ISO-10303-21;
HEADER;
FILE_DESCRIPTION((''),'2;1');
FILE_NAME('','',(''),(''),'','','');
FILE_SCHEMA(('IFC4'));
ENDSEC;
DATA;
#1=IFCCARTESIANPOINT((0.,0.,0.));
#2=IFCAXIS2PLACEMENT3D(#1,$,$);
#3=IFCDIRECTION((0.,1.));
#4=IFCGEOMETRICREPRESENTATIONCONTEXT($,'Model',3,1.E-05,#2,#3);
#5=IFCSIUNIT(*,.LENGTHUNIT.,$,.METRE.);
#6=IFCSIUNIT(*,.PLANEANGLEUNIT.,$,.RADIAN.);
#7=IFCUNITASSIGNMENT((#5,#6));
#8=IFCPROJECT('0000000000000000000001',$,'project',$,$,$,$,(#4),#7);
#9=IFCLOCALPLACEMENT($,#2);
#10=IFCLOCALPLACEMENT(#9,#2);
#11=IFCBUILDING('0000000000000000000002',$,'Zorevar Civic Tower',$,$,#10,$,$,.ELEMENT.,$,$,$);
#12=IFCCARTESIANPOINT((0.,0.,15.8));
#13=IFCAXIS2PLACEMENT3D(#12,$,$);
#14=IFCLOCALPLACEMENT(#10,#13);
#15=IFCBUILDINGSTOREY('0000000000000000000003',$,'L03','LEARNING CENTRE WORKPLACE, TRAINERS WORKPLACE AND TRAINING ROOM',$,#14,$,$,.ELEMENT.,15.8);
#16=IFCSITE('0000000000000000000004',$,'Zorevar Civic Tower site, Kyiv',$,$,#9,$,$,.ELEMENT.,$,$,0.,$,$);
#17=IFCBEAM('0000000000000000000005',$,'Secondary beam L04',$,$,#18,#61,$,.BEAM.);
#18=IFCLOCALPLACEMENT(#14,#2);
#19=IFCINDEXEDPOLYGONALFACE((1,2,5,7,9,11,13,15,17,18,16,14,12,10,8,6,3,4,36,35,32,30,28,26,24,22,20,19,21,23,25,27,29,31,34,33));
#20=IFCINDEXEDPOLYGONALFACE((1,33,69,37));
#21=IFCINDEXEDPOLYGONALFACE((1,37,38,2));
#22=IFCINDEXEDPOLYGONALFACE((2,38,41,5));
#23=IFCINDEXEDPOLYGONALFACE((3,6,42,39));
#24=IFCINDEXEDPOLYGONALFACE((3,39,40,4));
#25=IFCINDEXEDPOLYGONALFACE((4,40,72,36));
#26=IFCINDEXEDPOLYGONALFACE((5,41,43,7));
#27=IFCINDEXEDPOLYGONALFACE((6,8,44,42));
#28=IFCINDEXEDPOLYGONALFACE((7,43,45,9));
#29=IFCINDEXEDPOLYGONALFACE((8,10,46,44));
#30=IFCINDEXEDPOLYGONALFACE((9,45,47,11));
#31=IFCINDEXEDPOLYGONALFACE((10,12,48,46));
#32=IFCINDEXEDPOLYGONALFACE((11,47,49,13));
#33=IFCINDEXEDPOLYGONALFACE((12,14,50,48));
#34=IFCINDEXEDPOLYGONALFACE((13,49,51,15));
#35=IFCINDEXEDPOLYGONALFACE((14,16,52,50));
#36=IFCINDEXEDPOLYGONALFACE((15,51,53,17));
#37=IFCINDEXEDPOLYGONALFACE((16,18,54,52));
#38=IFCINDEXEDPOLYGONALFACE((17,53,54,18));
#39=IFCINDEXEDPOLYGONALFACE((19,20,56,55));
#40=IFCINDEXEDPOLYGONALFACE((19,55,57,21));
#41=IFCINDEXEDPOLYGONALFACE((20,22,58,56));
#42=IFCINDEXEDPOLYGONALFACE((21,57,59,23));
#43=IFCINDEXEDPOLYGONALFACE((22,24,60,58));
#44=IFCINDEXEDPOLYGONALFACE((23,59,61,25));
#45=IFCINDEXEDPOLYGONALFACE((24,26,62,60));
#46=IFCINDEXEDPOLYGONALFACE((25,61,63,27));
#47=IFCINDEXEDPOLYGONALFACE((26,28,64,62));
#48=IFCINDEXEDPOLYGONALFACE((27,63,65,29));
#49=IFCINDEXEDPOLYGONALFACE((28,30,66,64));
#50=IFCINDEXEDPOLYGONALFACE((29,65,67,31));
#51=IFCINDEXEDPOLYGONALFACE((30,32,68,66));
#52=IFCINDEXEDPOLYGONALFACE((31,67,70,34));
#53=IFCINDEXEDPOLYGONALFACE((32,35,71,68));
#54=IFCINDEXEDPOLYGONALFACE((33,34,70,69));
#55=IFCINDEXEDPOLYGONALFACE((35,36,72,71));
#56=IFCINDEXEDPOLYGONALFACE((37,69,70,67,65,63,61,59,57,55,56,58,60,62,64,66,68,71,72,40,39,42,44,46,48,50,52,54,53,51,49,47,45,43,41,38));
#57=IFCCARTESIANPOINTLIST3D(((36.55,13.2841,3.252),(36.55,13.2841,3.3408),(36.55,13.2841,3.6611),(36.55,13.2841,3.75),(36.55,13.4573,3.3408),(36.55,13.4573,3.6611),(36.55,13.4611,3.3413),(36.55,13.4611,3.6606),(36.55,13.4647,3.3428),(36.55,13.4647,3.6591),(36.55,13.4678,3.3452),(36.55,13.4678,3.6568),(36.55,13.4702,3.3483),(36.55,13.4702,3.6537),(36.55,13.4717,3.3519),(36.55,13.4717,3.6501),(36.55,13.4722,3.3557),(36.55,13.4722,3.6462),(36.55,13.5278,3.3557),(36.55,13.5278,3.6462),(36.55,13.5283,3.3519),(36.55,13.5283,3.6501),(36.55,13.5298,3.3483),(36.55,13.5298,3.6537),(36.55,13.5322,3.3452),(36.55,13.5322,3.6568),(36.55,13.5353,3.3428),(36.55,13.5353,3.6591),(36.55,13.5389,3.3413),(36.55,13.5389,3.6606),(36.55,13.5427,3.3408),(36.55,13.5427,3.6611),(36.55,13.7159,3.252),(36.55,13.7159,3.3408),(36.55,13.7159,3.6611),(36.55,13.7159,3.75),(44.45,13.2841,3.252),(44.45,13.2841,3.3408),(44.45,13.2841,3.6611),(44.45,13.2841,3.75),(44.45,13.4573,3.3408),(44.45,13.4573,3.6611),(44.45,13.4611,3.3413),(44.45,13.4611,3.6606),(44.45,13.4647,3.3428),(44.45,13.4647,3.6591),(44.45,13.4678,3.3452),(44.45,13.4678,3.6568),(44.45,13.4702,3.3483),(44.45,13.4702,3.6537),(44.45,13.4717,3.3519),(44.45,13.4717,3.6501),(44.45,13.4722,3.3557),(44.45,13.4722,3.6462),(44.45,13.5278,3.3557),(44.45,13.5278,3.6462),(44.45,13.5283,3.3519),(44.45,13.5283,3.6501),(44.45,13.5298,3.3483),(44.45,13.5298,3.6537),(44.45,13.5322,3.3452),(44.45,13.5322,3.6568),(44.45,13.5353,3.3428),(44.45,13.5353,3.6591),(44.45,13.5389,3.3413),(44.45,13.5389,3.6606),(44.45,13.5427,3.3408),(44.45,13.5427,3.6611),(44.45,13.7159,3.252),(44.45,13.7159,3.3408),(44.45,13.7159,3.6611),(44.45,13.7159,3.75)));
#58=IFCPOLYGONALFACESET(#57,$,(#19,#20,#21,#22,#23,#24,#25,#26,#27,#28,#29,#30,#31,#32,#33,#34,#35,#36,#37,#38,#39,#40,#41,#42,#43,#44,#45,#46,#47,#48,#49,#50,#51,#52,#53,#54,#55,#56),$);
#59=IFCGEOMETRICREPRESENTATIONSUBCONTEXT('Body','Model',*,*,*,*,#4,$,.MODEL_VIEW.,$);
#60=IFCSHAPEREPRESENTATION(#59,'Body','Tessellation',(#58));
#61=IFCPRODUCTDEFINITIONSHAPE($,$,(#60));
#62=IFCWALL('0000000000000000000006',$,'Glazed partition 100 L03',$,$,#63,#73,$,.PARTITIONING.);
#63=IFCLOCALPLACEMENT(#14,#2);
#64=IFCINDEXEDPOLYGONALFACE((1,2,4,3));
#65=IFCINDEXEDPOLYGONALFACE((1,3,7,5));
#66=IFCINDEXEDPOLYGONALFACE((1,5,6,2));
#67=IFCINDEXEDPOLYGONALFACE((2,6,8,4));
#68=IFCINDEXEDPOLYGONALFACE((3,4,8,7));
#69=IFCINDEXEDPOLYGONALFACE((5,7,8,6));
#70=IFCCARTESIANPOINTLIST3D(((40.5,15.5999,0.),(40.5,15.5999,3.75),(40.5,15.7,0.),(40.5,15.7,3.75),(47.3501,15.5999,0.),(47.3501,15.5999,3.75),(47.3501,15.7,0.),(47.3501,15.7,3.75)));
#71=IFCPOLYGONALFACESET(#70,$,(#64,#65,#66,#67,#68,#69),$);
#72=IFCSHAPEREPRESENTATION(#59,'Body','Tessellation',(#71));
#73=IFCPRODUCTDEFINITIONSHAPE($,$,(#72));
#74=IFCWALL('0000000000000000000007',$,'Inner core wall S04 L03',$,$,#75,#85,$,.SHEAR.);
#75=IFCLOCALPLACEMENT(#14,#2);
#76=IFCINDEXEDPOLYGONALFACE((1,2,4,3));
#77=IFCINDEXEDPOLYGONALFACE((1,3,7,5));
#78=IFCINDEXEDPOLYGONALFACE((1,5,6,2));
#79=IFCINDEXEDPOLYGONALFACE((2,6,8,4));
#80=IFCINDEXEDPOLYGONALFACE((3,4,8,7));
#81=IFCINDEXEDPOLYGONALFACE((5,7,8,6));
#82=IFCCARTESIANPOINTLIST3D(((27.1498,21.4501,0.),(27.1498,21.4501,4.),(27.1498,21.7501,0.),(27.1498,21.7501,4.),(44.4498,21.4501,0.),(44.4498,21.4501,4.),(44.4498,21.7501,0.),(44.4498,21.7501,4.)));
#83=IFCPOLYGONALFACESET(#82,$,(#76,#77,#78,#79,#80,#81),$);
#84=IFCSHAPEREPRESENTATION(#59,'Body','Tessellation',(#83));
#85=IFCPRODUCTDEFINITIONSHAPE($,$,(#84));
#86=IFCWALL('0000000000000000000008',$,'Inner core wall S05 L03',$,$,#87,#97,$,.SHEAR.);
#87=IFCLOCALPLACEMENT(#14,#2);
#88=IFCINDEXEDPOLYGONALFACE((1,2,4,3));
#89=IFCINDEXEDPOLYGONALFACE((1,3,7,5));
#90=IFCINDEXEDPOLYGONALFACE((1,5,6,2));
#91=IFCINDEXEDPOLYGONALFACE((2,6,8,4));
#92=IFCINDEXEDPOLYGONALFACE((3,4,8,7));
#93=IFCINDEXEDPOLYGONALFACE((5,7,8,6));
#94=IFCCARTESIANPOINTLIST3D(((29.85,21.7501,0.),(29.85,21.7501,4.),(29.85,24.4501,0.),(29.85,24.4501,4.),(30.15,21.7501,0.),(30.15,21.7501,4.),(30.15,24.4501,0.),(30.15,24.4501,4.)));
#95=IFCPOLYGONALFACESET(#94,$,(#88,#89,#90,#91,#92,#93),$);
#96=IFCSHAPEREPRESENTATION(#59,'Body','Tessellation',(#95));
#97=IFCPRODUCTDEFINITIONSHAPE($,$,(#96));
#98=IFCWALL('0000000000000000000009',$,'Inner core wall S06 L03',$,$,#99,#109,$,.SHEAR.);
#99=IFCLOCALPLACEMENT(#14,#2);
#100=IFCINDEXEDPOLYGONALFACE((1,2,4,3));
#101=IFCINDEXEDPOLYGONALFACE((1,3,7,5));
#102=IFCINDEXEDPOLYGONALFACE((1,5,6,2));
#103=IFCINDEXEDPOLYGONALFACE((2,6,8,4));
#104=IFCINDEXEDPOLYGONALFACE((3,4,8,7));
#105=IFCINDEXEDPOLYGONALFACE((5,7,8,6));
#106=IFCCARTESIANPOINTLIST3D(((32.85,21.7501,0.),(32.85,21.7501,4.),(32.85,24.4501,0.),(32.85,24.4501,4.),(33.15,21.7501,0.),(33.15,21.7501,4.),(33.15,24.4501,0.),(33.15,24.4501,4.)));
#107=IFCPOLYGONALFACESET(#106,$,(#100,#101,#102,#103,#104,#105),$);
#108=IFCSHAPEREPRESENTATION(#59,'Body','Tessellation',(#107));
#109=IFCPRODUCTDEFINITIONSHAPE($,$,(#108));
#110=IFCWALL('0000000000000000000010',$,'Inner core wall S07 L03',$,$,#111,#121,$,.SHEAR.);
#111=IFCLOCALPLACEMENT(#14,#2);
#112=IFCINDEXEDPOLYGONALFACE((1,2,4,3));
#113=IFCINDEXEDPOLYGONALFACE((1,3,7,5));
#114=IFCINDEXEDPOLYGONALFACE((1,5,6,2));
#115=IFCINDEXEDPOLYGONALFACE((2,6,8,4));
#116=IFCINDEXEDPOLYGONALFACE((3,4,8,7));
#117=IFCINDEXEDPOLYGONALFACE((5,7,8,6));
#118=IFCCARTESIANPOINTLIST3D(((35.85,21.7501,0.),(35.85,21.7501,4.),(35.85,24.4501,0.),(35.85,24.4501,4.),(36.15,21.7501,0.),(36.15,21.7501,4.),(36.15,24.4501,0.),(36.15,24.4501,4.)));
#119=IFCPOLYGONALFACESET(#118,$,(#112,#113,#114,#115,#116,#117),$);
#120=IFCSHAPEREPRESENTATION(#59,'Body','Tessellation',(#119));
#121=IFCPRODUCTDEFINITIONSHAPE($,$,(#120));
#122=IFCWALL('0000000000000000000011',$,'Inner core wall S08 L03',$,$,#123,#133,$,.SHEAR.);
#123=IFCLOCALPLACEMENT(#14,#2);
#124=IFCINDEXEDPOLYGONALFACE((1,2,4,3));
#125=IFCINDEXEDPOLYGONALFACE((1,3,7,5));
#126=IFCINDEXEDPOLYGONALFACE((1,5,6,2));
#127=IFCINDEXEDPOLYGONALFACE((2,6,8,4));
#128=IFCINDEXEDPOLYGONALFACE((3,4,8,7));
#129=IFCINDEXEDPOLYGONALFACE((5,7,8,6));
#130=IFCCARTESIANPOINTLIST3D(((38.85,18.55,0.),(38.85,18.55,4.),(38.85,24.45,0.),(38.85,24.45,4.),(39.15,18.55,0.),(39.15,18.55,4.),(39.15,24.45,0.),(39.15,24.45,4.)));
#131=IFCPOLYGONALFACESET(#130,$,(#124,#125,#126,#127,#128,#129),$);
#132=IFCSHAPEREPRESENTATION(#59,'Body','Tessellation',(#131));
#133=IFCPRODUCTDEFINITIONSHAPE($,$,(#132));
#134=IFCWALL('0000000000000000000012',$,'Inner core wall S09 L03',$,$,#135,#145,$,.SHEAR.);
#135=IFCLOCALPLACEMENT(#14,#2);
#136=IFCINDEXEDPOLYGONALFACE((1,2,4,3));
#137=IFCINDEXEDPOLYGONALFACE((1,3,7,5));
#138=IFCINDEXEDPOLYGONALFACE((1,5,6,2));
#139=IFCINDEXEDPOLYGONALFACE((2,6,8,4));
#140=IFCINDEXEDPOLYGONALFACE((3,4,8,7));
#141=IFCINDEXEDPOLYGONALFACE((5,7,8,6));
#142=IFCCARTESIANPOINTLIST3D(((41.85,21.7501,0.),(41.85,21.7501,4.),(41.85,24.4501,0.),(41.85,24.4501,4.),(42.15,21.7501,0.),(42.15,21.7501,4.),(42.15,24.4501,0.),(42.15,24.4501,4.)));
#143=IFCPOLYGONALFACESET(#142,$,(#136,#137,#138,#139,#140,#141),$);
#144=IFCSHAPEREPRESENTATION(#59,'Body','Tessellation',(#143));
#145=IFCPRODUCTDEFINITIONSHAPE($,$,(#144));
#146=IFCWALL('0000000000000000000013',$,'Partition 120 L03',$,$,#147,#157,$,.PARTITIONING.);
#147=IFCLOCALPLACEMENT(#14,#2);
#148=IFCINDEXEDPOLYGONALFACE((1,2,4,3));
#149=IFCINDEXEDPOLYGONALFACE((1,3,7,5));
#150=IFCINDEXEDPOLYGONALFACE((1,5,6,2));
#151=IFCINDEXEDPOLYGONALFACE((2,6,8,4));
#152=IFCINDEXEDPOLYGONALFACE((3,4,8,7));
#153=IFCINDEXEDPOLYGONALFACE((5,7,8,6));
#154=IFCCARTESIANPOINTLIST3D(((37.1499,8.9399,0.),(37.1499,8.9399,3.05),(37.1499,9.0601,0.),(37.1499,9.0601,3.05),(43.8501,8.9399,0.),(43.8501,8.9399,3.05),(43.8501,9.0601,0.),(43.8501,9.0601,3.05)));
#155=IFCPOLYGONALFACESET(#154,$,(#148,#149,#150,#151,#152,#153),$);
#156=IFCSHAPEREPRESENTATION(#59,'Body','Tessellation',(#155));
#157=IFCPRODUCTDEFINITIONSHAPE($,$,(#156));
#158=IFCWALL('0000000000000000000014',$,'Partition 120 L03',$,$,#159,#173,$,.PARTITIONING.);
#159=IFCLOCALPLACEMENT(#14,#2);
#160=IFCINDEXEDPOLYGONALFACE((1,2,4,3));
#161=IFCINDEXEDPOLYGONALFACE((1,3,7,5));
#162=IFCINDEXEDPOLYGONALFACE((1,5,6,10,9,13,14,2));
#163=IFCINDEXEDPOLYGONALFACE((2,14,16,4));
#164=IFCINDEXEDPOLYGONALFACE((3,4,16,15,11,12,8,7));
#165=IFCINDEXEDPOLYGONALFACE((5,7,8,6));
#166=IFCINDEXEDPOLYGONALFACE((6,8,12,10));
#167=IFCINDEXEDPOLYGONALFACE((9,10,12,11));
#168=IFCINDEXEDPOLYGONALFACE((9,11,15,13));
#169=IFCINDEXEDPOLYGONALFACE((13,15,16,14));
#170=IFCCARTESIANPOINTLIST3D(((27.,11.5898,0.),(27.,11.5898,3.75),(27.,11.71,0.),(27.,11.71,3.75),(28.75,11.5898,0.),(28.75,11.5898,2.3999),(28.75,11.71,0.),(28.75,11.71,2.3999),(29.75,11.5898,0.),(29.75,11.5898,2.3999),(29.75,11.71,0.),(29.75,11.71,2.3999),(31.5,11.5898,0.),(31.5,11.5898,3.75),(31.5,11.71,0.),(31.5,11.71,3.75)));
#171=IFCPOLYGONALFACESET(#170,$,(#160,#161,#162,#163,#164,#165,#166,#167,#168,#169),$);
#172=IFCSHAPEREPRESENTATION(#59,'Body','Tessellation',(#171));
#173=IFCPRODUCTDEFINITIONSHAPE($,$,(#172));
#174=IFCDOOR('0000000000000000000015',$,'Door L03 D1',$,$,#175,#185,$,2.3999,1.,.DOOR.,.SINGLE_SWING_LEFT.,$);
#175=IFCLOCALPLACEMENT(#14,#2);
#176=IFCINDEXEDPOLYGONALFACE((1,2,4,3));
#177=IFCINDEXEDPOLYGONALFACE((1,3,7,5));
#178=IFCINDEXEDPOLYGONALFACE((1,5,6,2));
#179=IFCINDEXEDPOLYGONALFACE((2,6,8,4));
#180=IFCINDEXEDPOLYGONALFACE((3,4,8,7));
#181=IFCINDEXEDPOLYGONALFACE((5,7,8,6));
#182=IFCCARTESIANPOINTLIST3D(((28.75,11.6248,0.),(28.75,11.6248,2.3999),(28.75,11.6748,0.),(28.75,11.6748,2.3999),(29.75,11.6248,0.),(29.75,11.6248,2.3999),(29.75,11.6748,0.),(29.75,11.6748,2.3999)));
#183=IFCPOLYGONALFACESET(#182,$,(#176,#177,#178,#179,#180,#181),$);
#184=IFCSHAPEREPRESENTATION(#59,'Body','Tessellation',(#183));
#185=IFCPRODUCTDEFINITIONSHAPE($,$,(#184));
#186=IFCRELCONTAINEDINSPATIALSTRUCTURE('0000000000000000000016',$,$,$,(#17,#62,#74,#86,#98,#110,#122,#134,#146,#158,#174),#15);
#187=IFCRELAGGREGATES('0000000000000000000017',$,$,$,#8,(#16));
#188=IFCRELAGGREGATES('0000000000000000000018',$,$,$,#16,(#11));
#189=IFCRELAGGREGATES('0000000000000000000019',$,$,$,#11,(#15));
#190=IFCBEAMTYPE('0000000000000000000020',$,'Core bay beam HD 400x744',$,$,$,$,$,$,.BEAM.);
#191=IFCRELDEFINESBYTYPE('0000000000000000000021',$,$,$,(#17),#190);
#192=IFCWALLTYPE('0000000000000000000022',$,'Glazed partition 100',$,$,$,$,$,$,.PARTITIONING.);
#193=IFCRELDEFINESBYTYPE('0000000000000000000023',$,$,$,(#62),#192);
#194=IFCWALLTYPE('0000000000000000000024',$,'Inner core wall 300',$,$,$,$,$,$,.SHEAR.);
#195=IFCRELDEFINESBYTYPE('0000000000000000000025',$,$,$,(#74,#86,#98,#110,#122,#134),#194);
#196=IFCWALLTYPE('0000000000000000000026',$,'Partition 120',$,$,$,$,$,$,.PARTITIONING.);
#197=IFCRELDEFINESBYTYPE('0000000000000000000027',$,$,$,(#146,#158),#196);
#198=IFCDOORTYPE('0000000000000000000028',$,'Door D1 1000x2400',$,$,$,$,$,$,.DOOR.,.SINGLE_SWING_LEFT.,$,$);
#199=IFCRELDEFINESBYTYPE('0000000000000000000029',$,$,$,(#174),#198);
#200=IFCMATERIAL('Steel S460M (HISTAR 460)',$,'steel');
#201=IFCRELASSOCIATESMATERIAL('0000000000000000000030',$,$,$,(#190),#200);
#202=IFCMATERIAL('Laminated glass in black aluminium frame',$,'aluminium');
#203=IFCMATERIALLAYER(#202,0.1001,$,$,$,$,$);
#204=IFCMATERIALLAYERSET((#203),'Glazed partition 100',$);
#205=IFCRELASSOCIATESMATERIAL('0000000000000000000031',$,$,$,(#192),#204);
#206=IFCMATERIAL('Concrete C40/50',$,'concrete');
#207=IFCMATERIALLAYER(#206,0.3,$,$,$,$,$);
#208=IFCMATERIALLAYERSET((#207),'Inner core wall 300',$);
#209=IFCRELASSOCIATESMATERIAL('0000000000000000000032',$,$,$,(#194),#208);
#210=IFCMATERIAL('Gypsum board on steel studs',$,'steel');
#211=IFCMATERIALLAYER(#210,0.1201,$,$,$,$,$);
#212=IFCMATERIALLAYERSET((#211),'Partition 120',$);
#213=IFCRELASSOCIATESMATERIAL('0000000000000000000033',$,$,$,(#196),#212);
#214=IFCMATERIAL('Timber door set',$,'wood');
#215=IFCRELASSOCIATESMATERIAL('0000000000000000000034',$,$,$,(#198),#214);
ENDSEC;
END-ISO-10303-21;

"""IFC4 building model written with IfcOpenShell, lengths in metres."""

from ifc_helpers import new_model, si_unit, direction, frame, frame_2d, origin, origin_2d, place, context, subcontext, project, spatial, rectangle, i_section, extrude, material, layer, layer_set, material_profile, profile_set, type_object, element, fill, save


model = new_model("IFC4")

# Units and contexts
model_context = context("Model", 3, precision=1e-05, world=origin(), true_north=direction((0.0, 1.0)))
body_context = subcontext(model_context, "Body", "Model", "MODEL_VIEW")
ifc_project = project(units=[si_unit("LENGTHUNIT", "METRE"), si_unit("PLANEANGLEUNIT", "RADIAN")], contexts=[model_context])

# Site, building, storey
site_placement = place(None, origin())
site = spatial("IfcSite", under=ifc_project, at=site_placement, Name="Zorevar Civic Tower site, Kyiv", CompositionType="ELEMENT", RefElevation=0.0)
building_placement = place(site_placement, origin())
building = spatial("IfcBuilding", under=site, at=building_placement, Name="Zorevar Civic Tower", CompositionType="ELEMENT")
storey_placement = place(building_placement, frame((0.0, 0.0, 15.8)))
storey = spatial("IfcBuildingStorey", under=building, at=storey_placement, Name="L03", Description="LEARNING CENTRE WORKPLACE, TRAINERS WORKPLACE AND TRAINING ROOM", CompositionType="ELEMENT", Elevation=15.8)

# Beam
ifc_material_1 = material(Name="Steel S460M (HISTAR 460)", Category="steel")
ifc_material_profile_1 = material_profile(ifc_material_1, i_section(OverallWidth=0.4319, OverallDepth=0.498, WebThickness=0.0557, FlangeThickness=0.0889, FilletRadius=0.0149, at=origin_2d()), Name="HD 400x744")
ifc_profile_set_1 = profile_set([ifc_material_profile_1], Name="Steel S460M (HISTAR 460)")
beam_type_1 = type_object("IfcBeamType", Name="Core bay beam HD 400x744", PredefinedType="BEAM", material=ifc_profile_set_1)
for number, where, z_axis, x_axis, name in (
    (1, (36.55, 13.5, 3.501), (1.0, 0.0, 0.0), (0.0, 1.0, 0.0), "Secondary beam L04"),
):
    element("IfcBeam", number, at=place(storey_placement, frame(where, z_axis=z_axis, x_axis=x_axis)), inside=storey, type_object=beam_type_1, Name=name, PredefinedType="BEAM", context=body_context, shape_type="SweptSolid", body=[
        extrude(i_section(OverallWidth=0.4319, OverallDepth=0.498, WebThickness=0.0557, FlangeThickness=0.0889, FilletRadius=0.0149, at=origin_2d()), origin(), (0.0, 0.0, 1.0), 7.8999),
    ])

# Walls
ifc_material_2 = material(Name="Laminated glass in black aluminium frame", Category="aluminium")
ifc_layer_1 = layer(ifc_material_2, 0.1001)
ifc_layer_set_1 = layer_set([ifc_layer_1], Name="Glazed partition 100")
wall_type_1 = type_object("IfcWallType", Name="Glazed partition 100", PredefinedType="PARTITIONING", material=ifc_layer_set_1)
wall_1_placement = place(storey_placement, frame((40.5, 15.6499, 0.0), z_axis=(0.0, 0.0, 1.0), x_axis=(1.0, 0.0, 0.0)))
element("IfcWall", 2, at=wall_1_placement, inside=storey, type_object=wall_type_1, Name="Glazed partition 100 L03", PredefinedType="PARTITIONING", context=body_context, shape_type="SweptSolid", body=[
    extrude(rectangle(XDim=6.8501, YDim=0.1001, at=frame_2d((3.425, 0.0))), origin(), (0.0, 0.0, 1.0), 3.75),
])
ifc_material_3 = material(Name="Concrete C40/50", Category="concrete")
ifc_layer_2 = layer(ifc_material_3, 0.3)
ifc_layer_set_2 = layer_set([ifc_layer_2], Name="Inner core wall 300")
wall_type_2 = type_object("IfcWallType", Name="Inner core wall 300", PredefinedType="SHEAR", material=ifc_layer_set_2)
wall_2_placement = place(storey_placement, frame((27.1499, 21.6001, 0.0), z_axis=(0.0, 0.0, 1.0), x_axis=(1.0, 0.0, 0.0)))
element("IfcWall", 3, at=wall_2_placement, inside=storey, type_object=wall_type_2, Name="Inner core wall S04 L03", PredefinedType="SHEAR", context=body_context, shape_type="SweptSolid", body=[
    extrude(rectangle(XDim=17.3, YDim=0.3, at=frame_2d((8.6499, 0.0))), origin(), (0.0, 0.0, 1.0), 4.0),
])
for number, where, z_axis, x_axis, name in (
    (4, (30.0, 21.75, 0.0), (0.0, 0.0, 1.0), (0.0, 1.0, 0.0), "Inner core wall S05 L03"),
    (5, (33.0, 21.75, 0.0), (0.0, 0.0, 1.0), (0.0, 1.0, 0.0), "Inner core wall S06 L03"),
    (6, (36.0, 21.75, 0.0), (0.0, 0.0, 1.0), (0.0, 1.0, 0.0), "Inner core wall S07 L03"),
):
    element("IfcWall", number, at=place(storey_placement, frame(where, z_axis=z_axis, x_axis=x_axis)), inside=storey, type_object=wall_type_2, Name=name, PredefinedType="SHEAR", context=body_context, shape_type="SweptSolid", body=[
        extrude(rectangle(XDim=2.7, YDim=0.3, at=frame_2d((1.3501, 0.0))), origin(), (0.0, 0.0, 1.0), 4.0),
    ])
wall_3_placement = place(storey_placement, frame((39.0, 18.55, 0.0), z_axis=(0.0, 0.0, 1.0), x_axis=(0.0, 1.0, 0.0)))
element("IfcWall", 7, at=wall_3_placement, inside=storey, type_object=wall_type_2, Name="Inner core wall S08 L03", PredefinedType="SHEAR", context=body_context, shape_type="SweptSolid", body=[
    extrude(rectangle(XDim=5.8999, YDim=0.3, at=frame_2d((2.95, 0.0))), origin(), (0.0, 0.0, 1.0), 4.0),
])
wall_4_placement = place(storey_placement, frame((42.0, 21.75, 0.0), z_axis=(0.0, 0.0, 1.0), x_axis=(0.0, 1.0, 0.0)))
element("IfcWall", 8, at=wall_4_placement, inside=storey, type_object=wall_type_2, Name="Inner core wall S09 L03", PredefinedType="SHEAR", context=body_context, shape_type="SweptSolid", body=[
    extrude(rectangle(XDim=2.7, YDim=0.3, at=frame_2d((1.3501, 0.0))), origin(), (0.0, 0.0, 1.0), 4.0),
])
ifc_material_4 = material(Name="Gypsum board on steel studs", Category="steel")
ifc_layer_3 = layer(ifc_material_4, 0.1201)
ifc_layer_set_3 = layer_set([ifc_layer_3], Name="Partition 120")
wall_type_3 = type_object("IfcWallType", Name="Partition 120", PredefinedType="PARTITIONING", material=ifc_layer_set_3)
wall_5_placement = place(storey_placement, frame((37.1499, 9.0, 0.0), z_axis=(0.0, 0.0, 1.0), x_axis=(1.0, 0.0, 0.0)))
element("IfcWall", 9, at=wall_5_placement, inside=storey, type_object=wall_type_3, Name="Partition 120 L03", PredefinedType="PARTITIONING", context=body_context, shape_type="SweptSolid", body=[
    extrude(rectangle(XDim=6.7002, YDim=0.1201, at=frame_2d((3.3501, 0.0))), origin(), (0.0, 0.0, 1.0), 3.05),
])

# Wall, opening, door
wall_6_placement = place(storey_placement, frame((27.0, 11.6499, 0.0), z_axis=(0.0, 0.0, 1.0), x_axis=(1.0, 0.0, 0.0)))
wall_6 = element("IfcWall", 10, at=wall_6_placement, inside=storey, type_object=wall_type_3, Name="Partition 120 L03", PredefinedType="PARTITIONING", context=body_context, shape_type="SweptSolid", body=[
    extrude(rectangle(XDim=4.5, YDim=0.1201, at=frame_2d((2.25, 0.0))), origin(), (0.0, 0.0, 1.0), 3.75),
])
opening_1_placement = place(wall_6_placement, frame((1.75, 0.0, 0.0)))
opening_1 = element("IfcOpeningElement", 11, at=opening_1_placement, cuts=wall_6, PredefinedType="OPENING", context=body_context, shape_type="SweptSolid", body=[
    extrude(rectangle(XDim=1.0, YDim=2.3999, at=frame_2d((0.5, 1.2))), frame((0.0, 0.0701, 0.0), z_axis=(0.0, -1.0, 0.0), x_axis=(1.0, 0.0, 0.0)), (0.0, 0.0, 1.0), 0.1401),
])
ifc_material_5 = material(Name="Timber door set", Category="wood")
door_type_1 = type_object("IfcDoorType", Name="Door D1 1000x2400", OperationType="SINGLE_SWING_LEFT", PredefinedType="DOOR", material=ifc_material_5)
door_1_placement = place(opening_1_placement, origin())
door_1 = element("IfcDoor", 12, at=door_1_placement, inside=storey, type_object=door_type_1, Name="Door L03 D1", OperationType="SINGLE_SWING_LEFT", OverallHeight=2.3999, OverallWidth=1.0, PredefinedType="DOOR", context=body_context, shape_type="SweptSolid", body=[
    extrude(rectangle(XDim=1.0, YDim=2.3999, at=frame_2d((0.5, 1.2))), frame((0.0, 0.0249, 0.0), z_axis=(0.0, -1.0, 0.0), x_axis=(1.0, 0.0, 0.0)), (0.0, 0.0, 1.0), 0.05),
])
fill(opening_1, door_1)

save(model, "model.ifc")
